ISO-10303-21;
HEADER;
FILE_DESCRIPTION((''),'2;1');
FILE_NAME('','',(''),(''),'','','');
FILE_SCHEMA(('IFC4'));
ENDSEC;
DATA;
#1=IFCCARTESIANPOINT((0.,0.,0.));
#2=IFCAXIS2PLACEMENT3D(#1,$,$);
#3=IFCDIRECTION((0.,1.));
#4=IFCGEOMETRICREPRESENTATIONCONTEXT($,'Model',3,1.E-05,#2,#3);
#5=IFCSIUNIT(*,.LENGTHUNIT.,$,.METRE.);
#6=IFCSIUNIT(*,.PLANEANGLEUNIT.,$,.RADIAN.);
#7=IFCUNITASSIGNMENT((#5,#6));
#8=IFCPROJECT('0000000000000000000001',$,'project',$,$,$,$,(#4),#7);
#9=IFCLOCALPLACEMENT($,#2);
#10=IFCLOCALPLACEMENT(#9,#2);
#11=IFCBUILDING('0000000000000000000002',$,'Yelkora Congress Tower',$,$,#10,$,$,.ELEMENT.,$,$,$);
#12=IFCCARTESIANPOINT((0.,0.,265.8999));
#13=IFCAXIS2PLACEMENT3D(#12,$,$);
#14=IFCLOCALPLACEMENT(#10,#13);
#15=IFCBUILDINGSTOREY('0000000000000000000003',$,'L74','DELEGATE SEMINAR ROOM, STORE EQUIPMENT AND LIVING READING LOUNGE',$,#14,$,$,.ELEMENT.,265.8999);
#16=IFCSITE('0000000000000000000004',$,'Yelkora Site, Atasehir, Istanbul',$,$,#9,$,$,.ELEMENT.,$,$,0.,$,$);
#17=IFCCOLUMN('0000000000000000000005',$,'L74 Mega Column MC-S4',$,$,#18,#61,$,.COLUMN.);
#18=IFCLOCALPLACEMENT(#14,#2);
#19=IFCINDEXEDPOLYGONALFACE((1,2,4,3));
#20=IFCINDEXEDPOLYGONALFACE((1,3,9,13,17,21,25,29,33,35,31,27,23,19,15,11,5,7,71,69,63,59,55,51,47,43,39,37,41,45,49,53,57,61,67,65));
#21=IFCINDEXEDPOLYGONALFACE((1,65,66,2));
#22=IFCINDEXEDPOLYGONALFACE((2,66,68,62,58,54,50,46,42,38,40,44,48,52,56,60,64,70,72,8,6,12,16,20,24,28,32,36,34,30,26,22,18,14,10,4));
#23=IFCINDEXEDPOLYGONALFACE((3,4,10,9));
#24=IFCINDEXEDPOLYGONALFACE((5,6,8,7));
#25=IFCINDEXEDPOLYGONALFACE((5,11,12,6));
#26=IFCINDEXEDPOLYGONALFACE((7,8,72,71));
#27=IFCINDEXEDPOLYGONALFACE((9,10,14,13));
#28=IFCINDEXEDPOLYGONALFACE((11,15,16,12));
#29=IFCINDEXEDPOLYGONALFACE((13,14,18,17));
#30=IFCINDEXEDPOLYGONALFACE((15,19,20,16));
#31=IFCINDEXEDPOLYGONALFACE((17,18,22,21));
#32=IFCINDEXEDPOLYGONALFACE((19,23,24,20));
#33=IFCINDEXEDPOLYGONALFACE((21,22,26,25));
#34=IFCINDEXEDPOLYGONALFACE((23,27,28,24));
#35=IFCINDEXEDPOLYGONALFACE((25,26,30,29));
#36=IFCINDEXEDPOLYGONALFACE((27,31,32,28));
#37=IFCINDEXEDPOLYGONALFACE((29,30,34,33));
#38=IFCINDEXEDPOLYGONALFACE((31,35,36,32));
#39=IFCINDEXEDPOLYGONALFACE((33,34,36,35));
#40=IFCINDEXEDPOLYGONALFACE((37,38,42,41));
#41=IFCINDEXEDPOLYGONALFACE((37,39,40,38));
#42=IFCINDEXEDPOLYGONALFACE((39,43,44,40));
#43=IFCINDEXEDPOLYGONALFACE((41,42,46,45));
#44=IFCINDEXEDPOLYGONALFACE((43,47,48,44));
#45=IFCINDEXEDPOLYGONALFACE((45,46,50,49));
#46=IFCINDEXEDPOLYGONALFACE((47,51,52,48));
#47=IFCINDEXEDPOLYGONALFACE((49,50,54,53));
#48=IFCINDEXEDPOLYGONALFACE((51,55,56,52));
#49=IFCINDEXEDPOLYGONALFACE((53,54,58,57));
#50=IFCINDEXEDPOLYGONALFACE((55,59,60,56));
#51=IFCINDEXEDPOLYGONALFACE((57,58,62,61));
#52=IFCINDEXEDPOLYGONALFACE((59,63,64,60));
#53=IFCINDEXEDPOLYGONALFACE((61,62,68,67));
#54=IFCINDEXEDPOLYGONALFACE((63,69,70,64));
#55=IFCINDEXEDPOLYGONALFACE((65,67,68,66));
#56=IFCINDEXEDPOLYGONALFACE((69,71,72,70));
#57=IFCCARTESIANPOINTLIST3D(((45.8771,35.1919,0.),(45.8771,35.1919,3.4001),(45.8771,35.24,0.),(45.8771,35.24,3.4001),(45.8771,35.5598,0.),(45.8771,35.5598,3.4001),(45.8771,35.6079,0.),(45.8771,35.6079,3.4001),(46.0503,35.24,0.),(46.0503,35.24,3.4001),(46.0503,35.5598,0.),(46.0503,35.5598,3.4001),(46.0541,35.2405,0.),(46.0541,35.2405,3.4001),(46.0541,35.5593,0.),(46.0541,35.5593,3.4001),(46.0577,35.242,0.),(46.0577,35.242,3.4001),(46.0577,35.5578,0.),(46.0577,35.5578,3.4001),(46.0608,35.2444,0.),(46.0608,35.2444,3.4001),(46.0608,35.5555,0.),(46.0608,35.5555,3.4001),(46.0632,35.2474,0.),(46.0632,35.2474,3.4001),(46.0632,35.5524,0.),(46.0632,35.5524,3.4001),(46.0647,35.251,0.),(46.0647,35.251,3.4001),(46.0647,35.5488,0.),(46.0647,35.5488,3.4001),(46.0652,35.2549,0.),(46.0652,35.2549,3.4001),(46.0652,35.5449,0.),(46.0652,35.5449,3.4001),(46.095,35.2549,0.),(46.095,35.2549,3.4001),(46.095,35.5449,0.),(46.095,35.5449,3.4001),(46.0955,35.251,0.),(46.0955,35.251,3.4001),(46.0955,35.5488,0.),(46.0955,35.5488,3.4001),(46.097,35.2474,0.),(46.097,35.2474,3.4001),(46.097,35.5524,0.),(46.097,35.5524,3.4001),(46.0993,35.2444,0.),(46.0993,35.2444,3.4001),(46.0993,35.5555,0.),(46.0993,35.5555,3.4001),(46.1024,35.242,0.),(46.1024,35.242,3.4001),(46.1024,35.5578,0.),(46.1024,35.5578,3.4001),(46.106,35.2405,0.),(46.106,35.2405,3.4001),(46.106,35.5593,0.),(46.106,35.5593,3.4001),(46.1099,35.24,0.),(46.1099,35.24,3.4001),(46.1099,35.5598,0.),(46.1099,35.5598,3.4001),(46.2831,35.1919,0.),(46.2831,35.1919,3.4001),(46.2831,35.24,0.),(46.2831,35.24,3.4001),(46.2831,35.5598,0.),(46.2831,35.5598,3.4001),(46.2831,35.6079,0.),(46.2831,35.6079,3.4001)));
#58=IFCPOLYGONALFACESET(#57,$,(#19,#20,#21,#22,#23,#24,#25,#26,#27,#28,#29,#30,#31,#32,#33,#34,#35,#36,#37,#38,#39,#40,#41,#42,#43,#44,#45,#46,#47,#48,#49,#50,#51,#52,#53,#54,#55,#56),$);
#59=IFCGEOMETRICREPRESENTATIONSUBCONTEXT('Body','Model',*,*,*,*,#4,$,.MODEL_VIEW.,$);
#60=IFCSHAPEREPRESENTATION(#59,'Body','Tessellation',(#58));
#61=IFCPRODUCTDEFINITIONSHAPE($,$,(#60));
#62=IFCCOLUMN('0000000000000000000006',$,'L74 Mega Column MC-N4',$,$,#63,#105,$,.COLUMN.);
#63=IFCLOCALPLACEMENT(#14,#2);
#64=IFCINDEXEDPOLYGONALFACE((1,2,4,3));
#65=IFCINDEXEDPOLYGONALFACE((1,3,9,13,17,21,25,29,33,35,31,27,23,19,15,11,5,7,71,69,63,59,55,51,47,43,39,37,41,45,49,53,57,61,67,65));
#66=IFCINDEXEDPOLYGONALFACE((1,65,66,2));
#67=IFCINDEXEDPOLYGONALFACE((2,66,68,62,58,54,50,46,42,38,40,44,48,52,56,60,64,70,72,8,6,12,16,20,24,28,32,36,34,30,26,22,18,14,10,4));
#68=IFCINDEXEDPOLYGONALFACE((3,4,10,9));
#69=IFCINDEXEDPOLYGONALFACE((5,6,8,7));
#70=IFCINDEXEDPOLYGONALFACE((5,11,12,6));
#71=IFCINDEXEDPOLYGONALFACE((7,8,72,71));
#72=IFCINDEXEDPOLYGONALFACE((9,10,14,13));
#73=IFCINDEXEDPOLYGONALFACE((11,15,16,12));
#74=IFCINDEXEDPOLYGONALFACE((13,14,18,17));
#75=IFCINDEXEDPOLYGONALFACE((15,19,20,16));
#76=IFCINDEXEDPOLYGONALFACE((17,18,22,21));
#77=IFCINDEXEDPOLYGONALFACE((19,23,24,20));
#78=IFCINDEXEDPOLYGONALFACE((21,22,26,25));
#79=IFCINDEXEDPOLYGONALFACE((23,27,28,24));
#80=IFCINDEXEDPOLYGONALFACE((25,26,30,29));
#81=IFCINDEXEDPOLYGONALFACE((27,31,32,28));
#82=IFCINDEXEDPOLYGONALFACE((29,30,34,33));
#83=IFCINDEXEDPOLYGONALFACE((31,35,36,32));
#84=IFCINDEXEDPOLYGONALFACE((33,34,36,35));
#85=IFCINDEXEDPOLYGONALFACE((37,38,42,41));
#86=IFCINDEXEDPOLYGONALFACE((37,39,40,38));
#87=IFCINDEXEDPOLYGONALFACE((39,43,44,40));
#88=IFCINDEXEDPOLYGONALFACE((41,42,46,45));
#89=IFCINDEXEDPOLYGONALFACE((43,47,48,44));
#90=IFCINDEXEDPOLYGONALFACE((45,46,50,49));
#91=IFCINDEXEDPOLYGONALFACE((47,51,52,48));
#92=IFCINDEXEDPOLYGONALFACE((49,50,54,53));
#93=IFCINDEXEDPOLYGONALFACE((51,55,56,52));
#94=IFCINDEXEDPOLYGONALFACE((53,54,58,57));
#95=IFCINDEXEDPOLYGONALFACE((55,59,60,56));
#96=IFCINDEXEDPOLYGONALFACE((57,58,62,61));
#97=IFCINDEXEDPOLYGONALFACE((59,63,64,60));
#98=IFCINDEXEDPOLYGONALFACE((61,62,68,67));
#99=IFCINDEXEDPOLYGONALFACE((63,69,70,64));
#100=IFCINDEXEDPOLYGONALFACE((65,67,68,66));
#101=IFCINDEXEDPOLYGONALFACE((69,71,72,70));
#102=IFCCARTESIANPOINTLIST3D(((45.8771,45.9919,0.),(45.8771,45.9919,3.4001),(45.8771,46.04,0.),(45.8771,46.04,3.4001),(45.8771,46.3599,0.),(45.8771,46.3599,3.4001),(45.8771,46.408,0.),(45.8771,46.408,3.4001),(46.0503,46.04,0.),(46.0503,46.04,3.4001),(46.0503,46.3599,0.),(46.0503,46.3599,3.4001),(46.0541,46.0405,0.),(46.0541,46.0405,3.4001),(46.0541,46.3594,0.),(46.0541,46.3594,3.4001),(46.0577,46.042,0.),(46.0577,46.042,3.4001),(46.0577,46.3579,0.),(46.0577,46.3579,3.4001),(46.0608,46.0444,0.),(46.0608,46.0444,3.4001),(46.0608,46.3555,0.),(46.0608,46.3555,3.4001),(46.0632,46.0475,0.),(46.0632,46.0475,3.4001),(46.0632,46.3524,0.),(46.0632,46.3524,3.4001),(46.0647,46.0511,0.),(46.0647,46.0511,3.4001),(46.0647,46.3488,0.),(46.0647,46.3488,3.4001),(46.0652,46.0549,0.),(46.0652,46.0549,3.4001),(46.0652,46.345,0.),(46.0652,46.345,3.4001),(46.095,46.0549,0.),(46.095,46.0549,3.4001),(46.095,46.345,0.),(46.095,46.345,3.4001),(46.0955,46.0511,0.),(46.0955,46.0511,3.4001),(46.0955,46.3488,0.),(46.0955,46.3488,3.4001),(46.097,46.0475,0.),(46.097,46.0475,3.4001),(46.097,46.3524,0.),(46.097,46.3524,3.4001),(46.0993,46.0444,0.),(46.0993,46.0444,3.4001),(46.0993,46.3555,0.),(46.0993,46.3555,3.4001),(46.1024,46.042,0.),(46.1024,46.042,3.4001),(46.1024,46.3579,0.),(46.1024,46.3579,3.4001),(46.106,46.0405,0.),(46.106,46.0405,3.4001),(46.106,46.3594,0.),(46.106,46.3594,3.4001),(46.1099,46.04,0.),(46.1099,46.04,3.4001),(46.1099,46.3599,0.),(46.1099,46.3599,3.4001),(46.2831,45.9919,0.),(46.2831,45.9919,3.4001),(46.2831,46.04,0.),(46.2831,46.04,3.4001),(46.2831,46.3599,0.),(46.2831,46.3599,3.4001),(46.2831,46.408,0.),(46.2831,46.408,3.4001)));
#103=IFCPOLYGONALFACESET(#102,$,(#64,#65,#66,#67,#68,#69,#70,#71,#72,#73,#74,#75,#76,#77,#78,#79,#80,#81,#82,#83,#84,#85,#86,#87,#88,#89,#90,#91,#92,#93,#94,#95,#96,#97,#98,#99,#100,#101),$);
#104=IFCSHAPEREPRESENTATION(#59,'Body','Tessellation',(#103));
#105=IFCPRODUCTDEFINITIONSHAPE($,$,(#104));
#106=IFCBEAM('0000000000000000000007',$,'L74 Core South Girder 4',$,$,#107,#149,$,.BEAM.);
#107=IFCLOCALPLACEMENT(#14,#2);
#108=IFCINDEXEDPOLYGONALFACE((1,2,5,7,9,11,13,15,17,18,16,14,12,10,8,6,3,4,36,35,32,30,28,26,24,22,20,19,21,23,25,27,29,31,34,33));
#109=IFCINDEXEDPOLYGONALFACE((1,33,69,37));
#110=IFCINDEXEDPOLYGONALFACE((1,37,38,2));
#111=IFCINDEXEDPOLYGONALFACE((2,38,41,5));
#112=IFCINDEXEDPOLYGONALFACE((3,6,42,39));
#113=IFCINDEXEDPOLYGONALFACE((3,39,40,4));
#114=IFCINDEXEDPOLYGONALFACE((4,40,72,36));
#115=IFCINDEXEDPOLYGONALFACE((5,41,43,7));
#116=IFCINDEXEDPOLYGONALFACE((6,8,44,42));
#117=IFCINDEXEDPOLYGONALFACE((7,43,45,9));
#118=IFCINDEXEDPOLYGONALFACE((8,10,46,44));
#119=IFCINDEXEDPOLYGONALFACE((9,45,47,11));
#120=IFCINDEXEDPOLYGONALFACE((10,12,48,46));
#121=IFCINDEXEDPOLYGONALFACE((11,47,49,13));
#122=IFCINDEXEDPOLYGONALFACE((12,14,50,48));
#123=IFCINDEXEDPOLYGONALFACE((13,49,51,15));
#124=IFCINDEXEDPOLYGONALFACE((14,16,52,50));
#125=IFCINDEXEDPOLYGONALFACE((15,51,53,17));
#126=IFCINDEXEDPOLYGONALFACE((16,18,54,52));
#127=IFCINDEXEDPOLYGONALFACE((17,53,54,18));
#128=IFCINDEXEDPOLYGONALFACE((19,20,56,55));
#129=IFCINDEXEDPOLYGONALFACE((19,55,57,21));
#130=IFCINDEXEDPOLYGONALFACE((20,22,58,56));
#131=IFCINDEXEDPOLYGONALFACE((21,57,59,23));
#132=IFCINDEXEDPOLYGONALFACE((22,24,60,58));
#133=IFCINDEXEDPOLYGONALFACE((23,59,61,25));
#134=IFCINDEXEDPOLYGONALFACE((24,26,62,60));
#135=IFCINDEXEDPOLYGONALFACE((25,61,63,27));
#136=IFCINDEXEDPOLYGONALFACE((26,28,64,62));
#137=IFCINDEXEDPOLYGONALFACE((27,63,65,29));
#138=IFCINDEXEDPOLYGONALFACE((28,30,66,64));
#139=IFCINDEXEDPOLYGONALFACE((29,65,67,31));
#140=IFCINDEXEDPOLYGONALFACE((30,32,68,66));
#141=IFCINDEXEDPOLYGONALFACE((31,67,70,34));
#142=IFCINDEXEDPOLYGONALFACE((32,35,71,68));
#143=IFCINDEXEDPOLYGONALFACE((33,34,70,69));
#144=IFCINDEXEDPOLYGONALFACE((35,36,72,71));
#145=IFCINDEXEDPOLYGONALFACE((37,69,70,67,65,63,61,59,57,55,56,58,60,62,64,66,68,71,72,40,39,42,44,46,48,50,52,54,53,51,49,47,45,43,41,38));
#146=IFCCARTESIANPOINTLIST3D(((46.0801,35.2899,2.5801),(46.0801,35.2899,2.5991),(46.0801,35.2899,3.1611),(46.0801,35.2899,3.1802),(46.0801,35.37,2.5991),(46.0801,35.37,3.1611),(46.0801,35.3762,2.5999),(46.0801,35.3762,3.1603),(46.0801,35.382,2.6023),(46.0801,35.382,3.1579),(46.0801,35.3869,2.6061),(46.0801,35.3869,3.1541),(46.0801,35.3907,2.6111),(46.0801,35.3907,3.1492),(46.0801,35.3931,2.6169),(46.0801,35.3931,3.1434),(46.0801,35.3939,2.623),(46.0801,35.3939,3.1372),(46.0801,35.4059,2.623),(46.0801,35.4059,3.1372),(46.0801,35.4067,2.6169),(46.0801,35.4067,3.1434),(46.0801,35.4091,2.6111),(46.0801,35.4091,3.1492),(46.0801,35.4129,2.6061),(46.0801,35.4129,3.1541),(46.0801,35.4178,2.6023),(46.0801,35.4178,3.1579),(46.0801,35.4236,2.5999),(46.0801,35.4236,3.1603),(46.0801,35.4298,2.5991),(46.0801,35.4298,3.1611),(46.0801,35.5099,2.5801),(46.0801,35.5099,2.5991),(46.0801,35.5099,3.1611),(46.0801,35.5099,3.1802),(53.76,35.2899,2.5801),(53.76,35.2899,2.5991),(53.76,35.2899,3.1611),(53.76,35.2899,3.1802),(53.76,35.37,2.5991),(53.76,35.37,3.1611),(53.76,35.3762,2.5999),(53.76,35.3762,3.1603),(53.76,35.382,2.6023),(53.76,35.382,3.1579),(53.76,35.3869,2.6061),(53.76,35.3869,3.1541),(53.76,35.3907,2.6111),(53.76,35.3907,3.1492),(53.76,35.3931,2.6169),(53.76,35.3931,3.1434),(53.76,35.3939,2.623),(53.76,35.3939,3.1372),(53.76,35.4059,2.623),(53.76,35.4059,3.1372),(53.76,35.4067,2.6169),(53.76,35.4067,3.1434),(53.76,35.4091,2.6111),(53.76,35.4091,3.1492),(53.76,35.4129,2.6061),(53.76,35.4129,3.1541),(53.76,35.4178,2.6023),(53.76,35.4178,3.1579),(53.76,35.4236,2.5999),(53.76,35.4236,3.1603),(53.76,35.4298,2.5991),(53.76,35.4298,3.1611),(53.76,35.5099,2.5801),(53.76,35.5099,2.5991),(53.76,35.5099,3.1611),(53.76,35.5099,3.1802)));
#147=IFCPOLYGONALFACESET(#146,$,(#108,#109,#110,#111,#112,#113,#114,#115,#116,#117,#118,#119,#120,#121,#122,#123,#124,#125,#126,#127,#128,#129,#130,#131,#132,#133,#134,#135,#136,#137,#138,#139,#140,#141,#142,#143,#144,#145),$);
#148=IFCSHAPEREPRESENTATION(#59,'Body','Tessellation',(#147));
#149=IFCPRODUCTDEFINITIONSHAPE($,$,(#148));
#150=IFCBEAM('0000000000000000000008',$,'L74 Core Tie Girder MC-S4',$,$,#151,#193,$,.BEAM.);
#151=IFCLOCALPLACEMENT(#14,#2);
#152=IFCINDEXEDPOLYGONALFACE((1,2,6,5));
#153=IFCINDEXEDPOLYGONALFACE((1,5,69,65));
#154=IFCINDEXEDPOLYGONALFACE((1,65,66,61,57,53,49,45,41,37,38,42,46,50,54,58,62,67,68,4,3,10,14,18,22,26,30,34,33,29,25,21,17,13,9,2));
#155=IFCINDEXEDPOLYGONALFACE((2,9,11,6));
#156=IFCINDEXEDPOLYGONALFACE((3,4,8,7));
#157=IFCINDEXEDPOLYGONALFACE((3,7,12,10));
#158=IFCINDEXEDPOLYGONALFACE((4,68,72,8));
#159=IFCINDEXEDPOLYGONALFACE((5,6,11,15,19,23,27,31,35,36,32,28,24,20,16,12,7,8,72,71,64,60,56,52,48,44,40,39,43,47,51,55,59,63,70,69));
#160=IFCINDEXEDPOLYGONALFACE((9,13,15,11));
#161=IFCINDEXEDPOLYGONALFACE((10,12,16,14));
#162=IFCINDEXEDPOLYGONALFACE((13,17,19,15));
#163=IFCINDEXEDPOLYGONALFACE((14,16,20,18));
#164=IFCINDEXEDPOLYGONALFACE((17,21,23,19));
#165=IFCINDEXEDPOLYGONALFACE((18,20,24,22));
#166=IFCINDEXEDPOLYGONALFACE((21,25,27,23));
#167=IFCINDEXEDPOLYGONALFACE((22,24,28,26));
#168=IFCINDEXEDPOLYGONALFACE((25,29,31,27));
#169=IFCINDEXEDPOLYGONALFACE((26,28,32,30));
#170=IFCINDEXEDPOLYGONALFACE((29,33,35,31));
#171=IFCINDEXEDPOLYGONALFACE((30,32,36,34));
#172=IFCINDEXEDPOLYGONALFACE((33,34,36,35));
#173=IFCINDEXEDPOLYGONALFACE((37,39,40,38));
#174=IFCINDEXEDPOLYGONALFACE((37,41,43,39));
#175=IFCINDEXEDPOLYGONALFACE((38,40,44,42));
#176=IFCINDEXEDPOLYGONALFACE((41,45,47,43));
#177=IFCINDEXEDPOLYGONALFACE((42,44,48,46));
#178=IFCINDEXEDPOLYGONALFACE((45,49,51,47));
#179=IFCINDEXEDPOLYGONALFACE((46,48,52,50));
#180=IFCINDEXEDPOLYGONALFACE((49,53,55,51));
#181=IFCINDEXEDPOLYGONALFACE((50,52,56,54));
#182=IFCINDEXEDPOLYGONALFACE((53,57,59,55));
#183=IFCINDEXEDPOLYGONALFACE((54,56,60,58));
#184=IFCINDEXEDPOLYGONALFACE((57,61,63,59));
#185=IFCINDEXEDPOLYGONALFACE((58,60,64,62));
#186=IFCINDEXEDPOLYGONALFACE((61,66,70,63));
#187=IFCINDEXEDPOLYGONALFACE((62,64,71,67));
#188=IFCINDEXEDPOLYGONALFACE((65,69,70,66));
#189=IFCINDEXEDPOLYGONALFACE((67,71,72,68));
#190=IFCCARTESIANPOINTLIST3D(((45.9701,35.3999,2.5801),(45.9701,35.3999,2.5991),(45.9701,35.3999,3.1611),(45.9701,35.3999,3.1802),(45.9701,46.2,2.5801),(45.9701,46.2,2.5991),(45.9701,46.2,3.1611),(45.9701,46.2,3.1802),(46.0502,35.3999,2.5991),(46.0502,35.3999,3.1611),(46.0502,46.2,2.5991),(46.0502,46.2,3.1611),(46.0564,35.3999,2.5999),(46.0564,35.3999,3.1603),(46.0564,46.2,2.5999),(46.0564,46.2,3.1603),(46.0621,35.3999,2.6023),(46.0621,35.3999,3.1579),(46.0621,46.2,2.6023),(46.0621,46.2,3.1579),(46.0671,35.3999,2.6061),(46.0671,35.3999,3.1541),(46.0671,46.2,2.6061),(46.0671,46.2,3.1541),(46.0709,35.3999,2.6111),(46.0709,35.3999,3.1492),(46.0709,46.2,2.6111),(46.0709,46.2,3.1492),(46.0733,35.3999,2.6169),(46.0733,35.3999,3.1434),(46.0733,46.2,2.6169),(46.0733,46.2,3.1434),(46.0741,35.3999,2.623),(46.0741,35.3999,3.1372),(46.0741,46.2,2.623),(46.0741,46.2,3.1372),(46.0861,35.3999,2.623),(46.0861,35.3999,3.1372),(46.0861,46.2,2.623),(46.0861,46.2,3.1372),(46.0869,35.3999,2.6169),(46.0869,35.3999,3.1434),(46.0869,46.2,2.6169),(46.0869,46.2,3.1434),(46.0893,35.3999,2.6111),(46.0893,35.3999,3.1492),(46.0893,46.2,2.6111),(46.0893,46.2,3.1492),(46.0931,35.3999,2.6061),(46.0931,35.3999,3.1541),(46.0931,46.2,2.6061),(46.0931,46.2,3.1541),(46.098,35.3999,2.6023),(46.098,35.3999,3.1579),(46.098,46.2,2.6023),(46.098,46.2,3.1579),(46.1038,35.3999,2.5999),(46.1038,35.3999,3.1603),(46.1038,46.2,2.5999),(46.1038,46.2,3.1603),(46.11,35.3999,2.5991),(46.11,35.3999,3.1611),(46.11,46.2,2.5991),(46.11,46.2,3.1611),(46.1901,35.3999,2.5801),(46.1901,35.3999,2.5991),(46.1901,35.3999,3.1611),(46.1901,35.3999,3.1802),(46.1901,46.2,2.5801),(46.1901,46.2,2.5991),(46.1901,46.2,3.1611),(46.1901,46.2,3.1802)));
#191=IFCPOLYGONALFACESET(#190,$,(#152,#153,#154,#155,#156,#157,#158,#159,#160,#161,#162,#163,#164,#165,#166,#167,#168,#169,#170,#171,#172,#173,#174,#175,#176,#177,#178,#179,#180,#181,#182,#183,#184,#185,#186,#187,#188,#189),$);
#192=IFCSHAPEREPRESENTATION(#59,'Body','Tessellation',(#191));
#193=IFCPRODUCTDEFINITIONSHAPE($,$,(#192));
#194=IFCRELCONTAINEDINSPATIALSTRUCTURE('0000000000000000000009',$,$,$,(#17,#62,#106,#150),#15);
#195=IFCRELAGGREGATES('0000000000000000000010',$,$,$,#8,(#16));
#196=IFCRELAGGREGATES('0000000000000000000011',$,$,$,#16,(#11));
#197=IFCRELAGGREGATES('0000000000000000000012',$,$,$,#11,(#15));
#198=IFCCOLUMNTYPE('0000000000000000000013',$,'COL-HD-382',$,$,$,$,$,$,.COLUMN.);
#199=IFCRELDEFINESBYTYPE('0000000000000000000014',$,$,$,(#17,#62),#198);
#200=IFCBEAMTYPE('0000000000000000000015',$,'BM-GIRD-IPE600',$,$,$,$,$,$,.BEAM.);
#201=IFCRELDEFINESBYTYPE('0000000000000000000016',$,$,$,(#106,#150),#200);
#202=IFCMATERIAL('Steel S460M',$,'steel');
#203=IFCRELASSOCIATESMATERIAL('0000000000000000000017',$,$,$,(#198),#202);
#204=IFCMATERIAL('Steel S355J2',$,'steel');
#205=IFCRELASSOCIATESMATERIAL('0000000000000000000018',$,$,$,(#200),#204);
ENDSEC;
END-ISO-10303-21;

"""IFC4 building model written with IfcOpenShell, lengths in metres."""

from ifc_helpers import new_model, si_unit, direction, frame, origin, origin_2d, place, context, subcontext, project, spatial, i_section, extrude, material, material_profile, profile_set, type_object, element, save


model = new_model("IFC4")

# Units and contexts
model_context = context("Model", 3, precision=1e-05, world=origin(), true_north=direction((0.0, 1.0)))
body_context = subcontext(model_context, "Body", "Model", "MODEL_VIEW")
ifc_project = project(units=[si_unit("LENGTHUNIT", "METRE"), si_unit("PLANEANGLEUNIT", "RADIAN")], contexts=[model_context])

# Site, building, storey
site_placement = place(None, origin())
site = spatial("IfcSite", under=ifc_project, at=site_placement, Name="Yelkora Site, Atasehir, Istanbul", CompositionType="ELEMENT", RefElevation=0.0)
building_placement = place(site_placement, origin())
building = spatial("IfcBuilding", under=site, at=building_placement, Name="Yelkora Congress Tower", CompositionType="ELEMENT")
storey_placement = place(building_placement, frame((0.0, 0.0, 265.8999)))
storey = spatial("IfcBuildingStorey", under=building, at=storey_placement, Name="L74", Description="DELEGATE SEMINAR ROOM, STORE EQUIPMENT AND LIVING READING LOUNGE", CompositionType="ELEMENT", Elevation=265.8999)

# Columns
ifc_material_1 = material(Name="Steel S460M", Category="steel")
ifc_material_profile_1 = material_profile(ifc_material_1, i_section(OverallWidth=0.406, OverallDepth=0.416, WebThickness=0.0298, FlangeThickness=0.0481, FilletRadius=0.0149, at=origin_2d()), Name="HD 400x382")
ifc_profile_set_1 = profile_set([ifc_material_profile_1], Name="Steel S460M")
column_type = type_object("IfcColumnType", Name="COL-HD-382", PredefinedType="COLUMN", material=ifc_profile_set_1)
for number, where, z_axis, x_axis, name in (
    (1, (46.0801, 35.3999, 0.0), (0.0, 0.0, 1.0), (1.0, 0.0, 0.0), "L74 Mega Column MC-S4"),
    (2, (46.0801, 46.2, 0.0), (0.0, 0.0, 1.0), (1.0, 0.0, 0.0), "L74 Mega Column MC-N4"),
):
    element("IfcColumn", number, at=place(storey_placement, frame(where, z_axis=z_axis, x_axis=x_axis)), inside=storey, type_object=column_type, Name=name, PredefinedType="COLUMN", context=body_context, shape_type="SweptSolid", body=[
        extrude(i_section(OverallWidth=0.406, OverallDepth=0.416, WebThickness=0.0298, FlangeThickness=0.0481, FilletRadius=0.0149, at=origin_2d()), origin(), (0.0, 0.0, 1.0), 3.4001),
    ])

# Beams
ifc_material_2 = material(Name="Steel S355J2", Category="steel")
ifc_material_profile_2 = material_profile(ifc_material_2, i_section(OverallWidth=0.22, OverallDepth=0.6001, WebThickness=0.012, FlangeThickness=0.019, FilletRadius=0.0239, at=origin_2d()), Name="IPE 600")
ifc_profile_set_2 = profile_set([ifc_material_profile_2], Name="Steel S355J2")
beam_type_1 = type_object("IfcBeamType", Name="BM-GIRD-IPE600", PredefinedType="BEAM", material=ifc_profile_set_2)
beam_1_placement = place(storey_placement, frame((46.0801, 35.3999, 2.8801), z_axis=(1.0, 0.0, 0.0), x_axis=(0.0, 1.0, 0.0)))
element("IfcBeam", 3, at=beam_1_placement, inside=storey, type_object=beam_type_1, Name="L74 Core South Girder 4", PredefinedType="BEAM", context=body_context, shape_type="SweptSolid", body=[
    extrude(i_section(OverallWidth=0.22, OverallDepth=0.6001, WebThickness=0.012, FlangeThickness=0.019, FilletRadius=0.0239, at=origin_2d()), origin(), (0.0, 0.0, 1.0), 7.6799),
])
beam_2_placement = place(storey_placement, frame((46.0801, 35.3999, 2.8801), z_axis=(0.0, 1.0, 0.0), x_axis=(-1.0, 0.0, 0.0)))
element("IfcBeam", 4, at=beam_2_placement, inside=storey, type_object=beam_type_1, Name="L74 Core Tie Girder MC-S4", PredefinedType="BEAM", context=body_context, shape_type="SweptSolid", body=[
    extrude(i_section(OverallWidth=0.22, OverallDepth=0.6001, WebThickness=0.012, FlangeThickness=0.019, FilletRadius=0.0239, at=origin_2d()), origin(), (0.0, 0.0, 1.0), 10.8),
])

save(model, "model.ifc")
